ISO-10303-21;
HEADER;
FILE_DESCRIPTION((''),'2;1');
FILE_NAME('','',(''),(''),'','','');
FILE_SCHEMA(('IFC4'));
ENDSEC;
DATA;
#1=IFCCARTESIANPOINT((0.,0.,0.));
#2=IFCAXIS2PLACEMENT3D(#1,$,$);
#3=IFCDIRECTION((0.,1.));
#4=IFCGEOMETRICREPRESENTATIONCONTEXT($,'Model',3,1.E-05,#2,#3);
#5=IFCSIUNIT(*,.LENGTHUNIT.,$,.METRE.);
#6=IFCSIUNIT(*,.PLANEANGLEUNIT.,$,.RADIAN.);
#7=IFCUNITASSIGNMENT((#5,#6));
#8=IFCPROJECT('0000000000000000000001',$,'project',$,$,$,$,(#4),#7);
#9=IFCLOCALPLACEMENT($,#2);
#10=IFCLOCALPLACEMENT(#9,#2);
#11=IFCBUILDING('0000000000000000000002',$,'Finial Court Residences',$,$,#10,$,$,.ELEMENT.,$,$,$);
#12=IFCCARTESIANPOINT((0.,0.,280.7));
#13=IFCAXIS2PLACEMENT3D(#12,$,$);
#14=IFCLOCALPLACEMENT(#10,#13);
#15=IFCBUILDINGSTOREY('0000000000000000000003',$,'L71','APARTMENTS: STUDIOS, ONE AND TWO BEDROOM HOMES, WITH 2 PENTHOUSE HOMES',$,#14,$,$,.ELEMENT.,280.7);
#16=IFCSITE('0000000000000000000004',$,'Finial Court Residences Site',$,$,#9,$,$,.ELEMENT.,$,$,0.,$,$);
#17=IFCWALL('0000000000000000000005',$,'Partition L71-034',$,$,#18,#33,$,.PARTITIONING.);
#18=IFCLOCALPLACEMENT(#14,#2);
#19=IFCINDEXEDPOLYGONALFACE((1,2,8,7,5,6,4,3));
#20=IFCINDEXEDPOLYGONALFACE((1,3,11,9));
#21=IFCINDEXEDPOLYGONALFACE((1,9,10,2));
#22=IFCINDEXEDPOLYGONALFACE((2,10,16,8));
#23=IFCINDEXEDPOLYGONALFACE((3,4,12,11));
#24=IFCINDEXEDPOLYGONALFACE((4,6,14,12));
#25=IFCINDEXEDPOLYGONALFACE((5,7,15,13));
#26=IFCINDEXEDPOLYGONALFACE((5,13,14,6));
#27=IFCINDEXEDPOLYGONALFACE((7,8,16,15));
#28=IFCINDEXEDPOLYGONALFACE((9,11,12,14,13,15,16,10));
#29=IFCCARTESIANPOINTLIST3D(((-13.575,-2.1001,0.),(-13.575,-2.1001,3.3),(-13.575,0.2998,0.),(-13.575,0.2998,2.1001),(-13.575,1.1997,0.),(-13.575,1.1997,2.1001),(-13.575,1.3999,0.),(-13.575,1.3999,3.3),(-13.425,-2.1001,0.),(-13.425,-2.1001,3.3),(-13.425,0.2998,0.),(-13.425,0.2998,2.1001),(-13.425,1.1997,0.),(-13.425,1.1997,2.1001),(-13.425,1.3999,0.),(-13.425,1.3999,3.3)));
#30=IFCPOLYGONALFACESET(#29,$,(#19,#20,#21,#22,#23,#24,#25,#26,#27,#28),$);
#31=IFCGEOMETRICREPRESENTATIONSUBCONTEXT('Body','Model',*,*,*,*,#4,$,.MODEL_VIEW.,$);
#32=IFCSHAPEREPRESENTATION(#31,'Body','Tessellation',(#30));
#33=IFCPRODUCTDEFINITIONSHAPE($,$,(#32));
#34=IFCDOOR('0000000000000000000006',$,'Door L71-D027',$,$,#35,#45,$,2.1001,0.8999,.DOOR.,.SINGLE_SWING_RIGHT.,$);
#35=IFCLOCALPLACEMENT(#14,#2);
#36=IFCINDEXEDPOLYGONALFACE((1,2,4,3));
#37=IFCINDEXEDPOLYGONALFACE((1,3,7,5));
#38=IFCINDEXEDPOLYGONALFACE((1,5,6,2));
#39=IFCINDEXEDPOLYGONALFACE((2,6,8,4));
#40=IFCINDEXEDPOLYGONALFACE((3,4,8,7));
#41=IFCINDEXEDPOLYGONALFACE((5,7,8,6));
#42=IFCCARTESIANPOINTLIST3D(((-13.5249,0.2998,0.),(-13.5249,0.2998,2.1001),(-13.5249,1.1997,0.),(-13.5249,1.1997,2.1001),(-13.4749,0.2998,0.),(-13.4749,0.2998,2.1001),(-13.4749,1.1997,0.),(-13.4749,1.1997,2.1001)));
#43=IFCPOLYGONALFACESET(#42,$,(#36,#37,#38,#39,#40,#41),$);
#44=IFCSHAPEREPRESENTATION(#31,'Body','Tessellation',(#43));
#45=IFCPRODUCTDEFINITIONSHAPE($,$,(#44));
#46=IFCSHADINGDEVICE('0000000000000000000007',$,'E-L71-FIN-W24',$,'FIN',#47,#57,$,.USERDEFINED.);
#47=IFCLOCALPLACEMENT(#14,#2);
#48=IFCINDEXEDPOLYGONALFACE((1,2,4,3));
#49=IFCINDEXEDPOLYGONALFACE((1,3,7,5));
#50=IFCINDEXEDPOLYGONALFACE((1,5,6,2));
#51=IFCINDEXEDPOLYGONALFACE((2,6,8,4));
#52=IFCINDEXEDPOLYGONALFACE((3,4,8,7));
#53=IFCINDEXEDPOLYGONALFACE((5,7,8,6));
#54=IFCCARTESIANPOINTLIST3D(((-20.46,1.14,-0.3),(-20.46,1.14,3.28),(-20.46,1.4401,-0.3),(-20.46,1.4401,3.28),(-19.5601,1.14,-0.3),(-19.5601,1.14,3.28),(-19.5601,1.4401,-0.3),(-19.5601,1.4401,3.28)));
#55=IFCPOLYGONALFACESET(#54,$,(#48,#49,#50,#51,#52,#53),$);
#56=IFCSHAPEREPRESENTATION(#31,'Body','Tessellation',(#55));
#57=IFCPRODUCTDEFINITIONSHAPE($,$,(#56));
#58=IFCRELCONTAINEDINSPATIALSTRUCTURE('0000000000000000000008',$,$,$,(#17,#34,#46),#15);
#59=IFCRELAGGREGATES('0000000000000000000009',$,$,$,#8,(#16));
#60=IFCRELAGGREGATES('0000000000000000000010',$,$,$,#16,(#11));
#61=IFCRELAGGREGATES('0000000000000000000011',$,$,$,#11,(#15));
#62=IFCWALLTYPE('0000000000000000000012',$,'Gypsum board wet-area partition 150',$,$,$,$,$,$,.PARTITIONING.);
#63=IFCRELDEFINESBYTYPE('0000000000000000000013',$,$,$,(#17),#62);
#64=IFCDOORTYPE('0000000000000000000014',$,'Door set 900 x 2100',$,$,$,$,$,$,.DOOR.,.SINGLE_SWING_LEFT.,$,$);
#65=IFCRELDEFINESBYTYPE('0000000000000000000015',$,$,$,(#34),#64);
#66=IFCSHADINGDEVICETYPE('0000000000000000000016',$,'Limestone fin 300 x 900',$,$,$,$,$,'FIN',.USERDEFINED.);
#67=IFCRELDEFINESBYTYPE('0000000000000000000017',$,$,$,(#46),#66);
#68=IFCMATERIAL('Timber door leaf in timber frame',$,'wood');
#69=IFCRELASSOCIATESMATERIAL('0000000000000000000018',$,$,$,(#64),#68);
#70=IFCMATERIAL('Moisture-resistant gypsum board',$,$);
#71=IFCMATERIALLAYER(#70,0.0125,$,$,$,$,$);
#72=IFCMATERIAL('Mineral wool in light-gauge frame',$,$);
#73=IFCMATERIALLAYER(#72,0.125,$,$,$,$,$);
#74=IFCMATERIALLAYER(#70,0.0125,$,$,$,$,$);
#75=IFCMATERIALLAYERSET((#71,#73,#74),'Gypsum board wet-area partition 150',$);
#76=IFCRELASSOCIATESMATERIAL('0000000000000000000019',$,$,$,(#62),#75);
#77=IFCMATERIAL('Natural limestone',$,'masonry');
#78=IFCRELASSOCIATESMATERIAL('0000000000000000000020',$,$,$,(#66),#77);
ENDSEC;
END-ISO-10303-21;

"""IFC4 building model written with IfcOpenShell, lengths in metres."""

from ifc_helpers import new_model, si_unit, direction, frame, frame_2d, origin, origin_2d, place, context, subcontext, project, spatial, rectangle, extrude, material, layer, layer_set, type_object, element, fill, save


model = new_model("IFC4")

# Units and contexts
model_context = context("Model", 3, precision=1e-05, world=origin(), true_north=direction((0.0, 1.0)))
body_context = subcontext(model_context, "Body", "Model", "MODEL_VIEW")
ifc_project = project(units=[si_unit("LENGTHUNIT", "METRE"), si_unit("PLANEANGLEUNIT", "RADIAN")], contexts=[model_context])

# Site, building, storey
site_placement = place(None, origin())
site = spatial("IfcSite", under=ifc_project, at=site_placement, Name="Finial Court Residences Site", CompositionType="ELEMENT", RefElevation=0.0)
building_placement = place(site_placement, origin())
building = spatial("IfcBuilding", under=site, at=building_placement, Name="Finial Court Residences", CompositionType="ELEMENT")
storey_placement = place(building_placement, frame((0.0, 0.0, 280.7)))
storey = spatial("IfcBuildingStorey", under=building, at=storey_placement, Name="L71", Description="APARTMENTS: STUDIOS, ONE AND TWO BEDROOM HOMES, WITH 2 PENTHOUSE HOMES", CompositionType="ELEMENT", Elevation=280.7)

# Shared definitions
ifc_material_1 = material(Name="Mineral wool in light-gauge frame")

# Shared definitions
ifc_material_2 = material(Name="Timber door leaf in timber frame", Category="wood")
door_type_1 = type_object("IfcDoorType", Name="Door set 900 x 2100", OperationType="SINGLE_SWING_LEFT", PredefinedType="DOOR", material=ifc_material_2)

# Shared definitions
ifc_material_3 = material(Name="Moisture-resistant gypsum board")
ifc_layer_1 = layer(ifc_material_3, 0.0125)
ifc_layer_2 = layer(ifc_material_1, 0.125)
ifc_layer_3 = layer(ifc_material_3, 0.0125)
ifc_layer_set_1 = layer_set([ifc_layer_1, ifc_layer_2, ifc_layer_3], Name="Gypsum board wet-area partition 150")
wall_type_1 = type_object("IfcWallType", Name="Gypsum board wet-area partition 150", PredefinedType="PARTITIONING", material=ifc_layer_set_1)

# Wall, opening, door
wall_1_placement = place(storey_placement, frame((-13.5, -2.1001, 0.0), z_axis=(0.0, 0.0, 1.0), x_axis=(0.0, 1.0, 0.0)))
wall_1 = element("IfcWall", 1, at=wall_1_placement, inside=storey, type_object=wall_type_1, Name="Partition L71-034", PredefinedType="PARTITIONING", context=body_context, shape_type="SweptSolid", body=[
    extrude(rectangle(XDim=3.5, YDim=0.1499, at=frame_2d((1.75, 0.0))), origin(), (0.0, 0.0, 1.0), 3.3),
])
opening_1_placement = place(wall_1_placement, frame((2.3999, 0.0, 0.0)))
opening_1 = element("IfcOpeningElement", 2, at=opening_1_placement, cuts=wall_1, PredefinedType="OPENING", context=body_context, shape_type="SweptSolid", body=[
    extrude(rectangle(XDim=0.8999, YDim=2.1001, at=frame_2d((0.45, 1.05))), frame((0.0, 0.085, 0.0), z_axis=(0.0, -1.0, 0.0), x_axis=(1.0, 0.0, 0.0)), (0.0, 0.0, 1.0), 0.1699),
])
door_1_placement = place(opening_1_placement, origin())
door_1 = element("IfcDoor", 3, at=door_1_placement, inside=storey, type_object=door_type_1, Name="Door L71-D027", OperationType="SINGLE_SWING_RIGHT", OverallHeight=2.1001, OverallWidth=0.8999, PredefinedType="DOOR", context=body_context, shape_type="SweptSolid", body=[
    extrude(rectangle(XDim=0.8999, YDim=2.1001, at=frame_2d((0.45, 1.05))), frame((0.0, 0.0249, 0.0), z_axis=(0.0, -1.0, 0.0), x_axis=(1.0, 0.0, 0.0)), (0.0, 0.0, 1.0), 0.05),
])
fill(opening_1, door_1)

# Shading device
ifc_material_4 = material(Name="Natural limestone", Category="masonry")
shading_device_type = type_object("IfcShadingDeviceType", Name="Limestone fin 300 x 900", ElementType="FIN", PredefinedType="USERDEFINED", material=ifc_material_4)
shading_device_placement = place(storey_placement, frame((-20.01, 1.29, -0.3), z_axis=(0.0, 0.0, 1.0), x_axis=(1.0, 0.0, 0.0)))
element("IfcShadingDevice", 4, at=shading_device_placement, inside=storey, type_object=shading_device_type, Name="E-L71-FIN-W24", ObjectType="FIN", PredefinedType="USERDEFINED", context=body_context, shape_type="SweptSolid", body=[
    extrude(rectangle(XDim=0.8999, YDim=0.3, at=origin_2d()), origin(), (0.0, 0.0, 1.0), 3.5801),
])

save(model, "model.ifc")
